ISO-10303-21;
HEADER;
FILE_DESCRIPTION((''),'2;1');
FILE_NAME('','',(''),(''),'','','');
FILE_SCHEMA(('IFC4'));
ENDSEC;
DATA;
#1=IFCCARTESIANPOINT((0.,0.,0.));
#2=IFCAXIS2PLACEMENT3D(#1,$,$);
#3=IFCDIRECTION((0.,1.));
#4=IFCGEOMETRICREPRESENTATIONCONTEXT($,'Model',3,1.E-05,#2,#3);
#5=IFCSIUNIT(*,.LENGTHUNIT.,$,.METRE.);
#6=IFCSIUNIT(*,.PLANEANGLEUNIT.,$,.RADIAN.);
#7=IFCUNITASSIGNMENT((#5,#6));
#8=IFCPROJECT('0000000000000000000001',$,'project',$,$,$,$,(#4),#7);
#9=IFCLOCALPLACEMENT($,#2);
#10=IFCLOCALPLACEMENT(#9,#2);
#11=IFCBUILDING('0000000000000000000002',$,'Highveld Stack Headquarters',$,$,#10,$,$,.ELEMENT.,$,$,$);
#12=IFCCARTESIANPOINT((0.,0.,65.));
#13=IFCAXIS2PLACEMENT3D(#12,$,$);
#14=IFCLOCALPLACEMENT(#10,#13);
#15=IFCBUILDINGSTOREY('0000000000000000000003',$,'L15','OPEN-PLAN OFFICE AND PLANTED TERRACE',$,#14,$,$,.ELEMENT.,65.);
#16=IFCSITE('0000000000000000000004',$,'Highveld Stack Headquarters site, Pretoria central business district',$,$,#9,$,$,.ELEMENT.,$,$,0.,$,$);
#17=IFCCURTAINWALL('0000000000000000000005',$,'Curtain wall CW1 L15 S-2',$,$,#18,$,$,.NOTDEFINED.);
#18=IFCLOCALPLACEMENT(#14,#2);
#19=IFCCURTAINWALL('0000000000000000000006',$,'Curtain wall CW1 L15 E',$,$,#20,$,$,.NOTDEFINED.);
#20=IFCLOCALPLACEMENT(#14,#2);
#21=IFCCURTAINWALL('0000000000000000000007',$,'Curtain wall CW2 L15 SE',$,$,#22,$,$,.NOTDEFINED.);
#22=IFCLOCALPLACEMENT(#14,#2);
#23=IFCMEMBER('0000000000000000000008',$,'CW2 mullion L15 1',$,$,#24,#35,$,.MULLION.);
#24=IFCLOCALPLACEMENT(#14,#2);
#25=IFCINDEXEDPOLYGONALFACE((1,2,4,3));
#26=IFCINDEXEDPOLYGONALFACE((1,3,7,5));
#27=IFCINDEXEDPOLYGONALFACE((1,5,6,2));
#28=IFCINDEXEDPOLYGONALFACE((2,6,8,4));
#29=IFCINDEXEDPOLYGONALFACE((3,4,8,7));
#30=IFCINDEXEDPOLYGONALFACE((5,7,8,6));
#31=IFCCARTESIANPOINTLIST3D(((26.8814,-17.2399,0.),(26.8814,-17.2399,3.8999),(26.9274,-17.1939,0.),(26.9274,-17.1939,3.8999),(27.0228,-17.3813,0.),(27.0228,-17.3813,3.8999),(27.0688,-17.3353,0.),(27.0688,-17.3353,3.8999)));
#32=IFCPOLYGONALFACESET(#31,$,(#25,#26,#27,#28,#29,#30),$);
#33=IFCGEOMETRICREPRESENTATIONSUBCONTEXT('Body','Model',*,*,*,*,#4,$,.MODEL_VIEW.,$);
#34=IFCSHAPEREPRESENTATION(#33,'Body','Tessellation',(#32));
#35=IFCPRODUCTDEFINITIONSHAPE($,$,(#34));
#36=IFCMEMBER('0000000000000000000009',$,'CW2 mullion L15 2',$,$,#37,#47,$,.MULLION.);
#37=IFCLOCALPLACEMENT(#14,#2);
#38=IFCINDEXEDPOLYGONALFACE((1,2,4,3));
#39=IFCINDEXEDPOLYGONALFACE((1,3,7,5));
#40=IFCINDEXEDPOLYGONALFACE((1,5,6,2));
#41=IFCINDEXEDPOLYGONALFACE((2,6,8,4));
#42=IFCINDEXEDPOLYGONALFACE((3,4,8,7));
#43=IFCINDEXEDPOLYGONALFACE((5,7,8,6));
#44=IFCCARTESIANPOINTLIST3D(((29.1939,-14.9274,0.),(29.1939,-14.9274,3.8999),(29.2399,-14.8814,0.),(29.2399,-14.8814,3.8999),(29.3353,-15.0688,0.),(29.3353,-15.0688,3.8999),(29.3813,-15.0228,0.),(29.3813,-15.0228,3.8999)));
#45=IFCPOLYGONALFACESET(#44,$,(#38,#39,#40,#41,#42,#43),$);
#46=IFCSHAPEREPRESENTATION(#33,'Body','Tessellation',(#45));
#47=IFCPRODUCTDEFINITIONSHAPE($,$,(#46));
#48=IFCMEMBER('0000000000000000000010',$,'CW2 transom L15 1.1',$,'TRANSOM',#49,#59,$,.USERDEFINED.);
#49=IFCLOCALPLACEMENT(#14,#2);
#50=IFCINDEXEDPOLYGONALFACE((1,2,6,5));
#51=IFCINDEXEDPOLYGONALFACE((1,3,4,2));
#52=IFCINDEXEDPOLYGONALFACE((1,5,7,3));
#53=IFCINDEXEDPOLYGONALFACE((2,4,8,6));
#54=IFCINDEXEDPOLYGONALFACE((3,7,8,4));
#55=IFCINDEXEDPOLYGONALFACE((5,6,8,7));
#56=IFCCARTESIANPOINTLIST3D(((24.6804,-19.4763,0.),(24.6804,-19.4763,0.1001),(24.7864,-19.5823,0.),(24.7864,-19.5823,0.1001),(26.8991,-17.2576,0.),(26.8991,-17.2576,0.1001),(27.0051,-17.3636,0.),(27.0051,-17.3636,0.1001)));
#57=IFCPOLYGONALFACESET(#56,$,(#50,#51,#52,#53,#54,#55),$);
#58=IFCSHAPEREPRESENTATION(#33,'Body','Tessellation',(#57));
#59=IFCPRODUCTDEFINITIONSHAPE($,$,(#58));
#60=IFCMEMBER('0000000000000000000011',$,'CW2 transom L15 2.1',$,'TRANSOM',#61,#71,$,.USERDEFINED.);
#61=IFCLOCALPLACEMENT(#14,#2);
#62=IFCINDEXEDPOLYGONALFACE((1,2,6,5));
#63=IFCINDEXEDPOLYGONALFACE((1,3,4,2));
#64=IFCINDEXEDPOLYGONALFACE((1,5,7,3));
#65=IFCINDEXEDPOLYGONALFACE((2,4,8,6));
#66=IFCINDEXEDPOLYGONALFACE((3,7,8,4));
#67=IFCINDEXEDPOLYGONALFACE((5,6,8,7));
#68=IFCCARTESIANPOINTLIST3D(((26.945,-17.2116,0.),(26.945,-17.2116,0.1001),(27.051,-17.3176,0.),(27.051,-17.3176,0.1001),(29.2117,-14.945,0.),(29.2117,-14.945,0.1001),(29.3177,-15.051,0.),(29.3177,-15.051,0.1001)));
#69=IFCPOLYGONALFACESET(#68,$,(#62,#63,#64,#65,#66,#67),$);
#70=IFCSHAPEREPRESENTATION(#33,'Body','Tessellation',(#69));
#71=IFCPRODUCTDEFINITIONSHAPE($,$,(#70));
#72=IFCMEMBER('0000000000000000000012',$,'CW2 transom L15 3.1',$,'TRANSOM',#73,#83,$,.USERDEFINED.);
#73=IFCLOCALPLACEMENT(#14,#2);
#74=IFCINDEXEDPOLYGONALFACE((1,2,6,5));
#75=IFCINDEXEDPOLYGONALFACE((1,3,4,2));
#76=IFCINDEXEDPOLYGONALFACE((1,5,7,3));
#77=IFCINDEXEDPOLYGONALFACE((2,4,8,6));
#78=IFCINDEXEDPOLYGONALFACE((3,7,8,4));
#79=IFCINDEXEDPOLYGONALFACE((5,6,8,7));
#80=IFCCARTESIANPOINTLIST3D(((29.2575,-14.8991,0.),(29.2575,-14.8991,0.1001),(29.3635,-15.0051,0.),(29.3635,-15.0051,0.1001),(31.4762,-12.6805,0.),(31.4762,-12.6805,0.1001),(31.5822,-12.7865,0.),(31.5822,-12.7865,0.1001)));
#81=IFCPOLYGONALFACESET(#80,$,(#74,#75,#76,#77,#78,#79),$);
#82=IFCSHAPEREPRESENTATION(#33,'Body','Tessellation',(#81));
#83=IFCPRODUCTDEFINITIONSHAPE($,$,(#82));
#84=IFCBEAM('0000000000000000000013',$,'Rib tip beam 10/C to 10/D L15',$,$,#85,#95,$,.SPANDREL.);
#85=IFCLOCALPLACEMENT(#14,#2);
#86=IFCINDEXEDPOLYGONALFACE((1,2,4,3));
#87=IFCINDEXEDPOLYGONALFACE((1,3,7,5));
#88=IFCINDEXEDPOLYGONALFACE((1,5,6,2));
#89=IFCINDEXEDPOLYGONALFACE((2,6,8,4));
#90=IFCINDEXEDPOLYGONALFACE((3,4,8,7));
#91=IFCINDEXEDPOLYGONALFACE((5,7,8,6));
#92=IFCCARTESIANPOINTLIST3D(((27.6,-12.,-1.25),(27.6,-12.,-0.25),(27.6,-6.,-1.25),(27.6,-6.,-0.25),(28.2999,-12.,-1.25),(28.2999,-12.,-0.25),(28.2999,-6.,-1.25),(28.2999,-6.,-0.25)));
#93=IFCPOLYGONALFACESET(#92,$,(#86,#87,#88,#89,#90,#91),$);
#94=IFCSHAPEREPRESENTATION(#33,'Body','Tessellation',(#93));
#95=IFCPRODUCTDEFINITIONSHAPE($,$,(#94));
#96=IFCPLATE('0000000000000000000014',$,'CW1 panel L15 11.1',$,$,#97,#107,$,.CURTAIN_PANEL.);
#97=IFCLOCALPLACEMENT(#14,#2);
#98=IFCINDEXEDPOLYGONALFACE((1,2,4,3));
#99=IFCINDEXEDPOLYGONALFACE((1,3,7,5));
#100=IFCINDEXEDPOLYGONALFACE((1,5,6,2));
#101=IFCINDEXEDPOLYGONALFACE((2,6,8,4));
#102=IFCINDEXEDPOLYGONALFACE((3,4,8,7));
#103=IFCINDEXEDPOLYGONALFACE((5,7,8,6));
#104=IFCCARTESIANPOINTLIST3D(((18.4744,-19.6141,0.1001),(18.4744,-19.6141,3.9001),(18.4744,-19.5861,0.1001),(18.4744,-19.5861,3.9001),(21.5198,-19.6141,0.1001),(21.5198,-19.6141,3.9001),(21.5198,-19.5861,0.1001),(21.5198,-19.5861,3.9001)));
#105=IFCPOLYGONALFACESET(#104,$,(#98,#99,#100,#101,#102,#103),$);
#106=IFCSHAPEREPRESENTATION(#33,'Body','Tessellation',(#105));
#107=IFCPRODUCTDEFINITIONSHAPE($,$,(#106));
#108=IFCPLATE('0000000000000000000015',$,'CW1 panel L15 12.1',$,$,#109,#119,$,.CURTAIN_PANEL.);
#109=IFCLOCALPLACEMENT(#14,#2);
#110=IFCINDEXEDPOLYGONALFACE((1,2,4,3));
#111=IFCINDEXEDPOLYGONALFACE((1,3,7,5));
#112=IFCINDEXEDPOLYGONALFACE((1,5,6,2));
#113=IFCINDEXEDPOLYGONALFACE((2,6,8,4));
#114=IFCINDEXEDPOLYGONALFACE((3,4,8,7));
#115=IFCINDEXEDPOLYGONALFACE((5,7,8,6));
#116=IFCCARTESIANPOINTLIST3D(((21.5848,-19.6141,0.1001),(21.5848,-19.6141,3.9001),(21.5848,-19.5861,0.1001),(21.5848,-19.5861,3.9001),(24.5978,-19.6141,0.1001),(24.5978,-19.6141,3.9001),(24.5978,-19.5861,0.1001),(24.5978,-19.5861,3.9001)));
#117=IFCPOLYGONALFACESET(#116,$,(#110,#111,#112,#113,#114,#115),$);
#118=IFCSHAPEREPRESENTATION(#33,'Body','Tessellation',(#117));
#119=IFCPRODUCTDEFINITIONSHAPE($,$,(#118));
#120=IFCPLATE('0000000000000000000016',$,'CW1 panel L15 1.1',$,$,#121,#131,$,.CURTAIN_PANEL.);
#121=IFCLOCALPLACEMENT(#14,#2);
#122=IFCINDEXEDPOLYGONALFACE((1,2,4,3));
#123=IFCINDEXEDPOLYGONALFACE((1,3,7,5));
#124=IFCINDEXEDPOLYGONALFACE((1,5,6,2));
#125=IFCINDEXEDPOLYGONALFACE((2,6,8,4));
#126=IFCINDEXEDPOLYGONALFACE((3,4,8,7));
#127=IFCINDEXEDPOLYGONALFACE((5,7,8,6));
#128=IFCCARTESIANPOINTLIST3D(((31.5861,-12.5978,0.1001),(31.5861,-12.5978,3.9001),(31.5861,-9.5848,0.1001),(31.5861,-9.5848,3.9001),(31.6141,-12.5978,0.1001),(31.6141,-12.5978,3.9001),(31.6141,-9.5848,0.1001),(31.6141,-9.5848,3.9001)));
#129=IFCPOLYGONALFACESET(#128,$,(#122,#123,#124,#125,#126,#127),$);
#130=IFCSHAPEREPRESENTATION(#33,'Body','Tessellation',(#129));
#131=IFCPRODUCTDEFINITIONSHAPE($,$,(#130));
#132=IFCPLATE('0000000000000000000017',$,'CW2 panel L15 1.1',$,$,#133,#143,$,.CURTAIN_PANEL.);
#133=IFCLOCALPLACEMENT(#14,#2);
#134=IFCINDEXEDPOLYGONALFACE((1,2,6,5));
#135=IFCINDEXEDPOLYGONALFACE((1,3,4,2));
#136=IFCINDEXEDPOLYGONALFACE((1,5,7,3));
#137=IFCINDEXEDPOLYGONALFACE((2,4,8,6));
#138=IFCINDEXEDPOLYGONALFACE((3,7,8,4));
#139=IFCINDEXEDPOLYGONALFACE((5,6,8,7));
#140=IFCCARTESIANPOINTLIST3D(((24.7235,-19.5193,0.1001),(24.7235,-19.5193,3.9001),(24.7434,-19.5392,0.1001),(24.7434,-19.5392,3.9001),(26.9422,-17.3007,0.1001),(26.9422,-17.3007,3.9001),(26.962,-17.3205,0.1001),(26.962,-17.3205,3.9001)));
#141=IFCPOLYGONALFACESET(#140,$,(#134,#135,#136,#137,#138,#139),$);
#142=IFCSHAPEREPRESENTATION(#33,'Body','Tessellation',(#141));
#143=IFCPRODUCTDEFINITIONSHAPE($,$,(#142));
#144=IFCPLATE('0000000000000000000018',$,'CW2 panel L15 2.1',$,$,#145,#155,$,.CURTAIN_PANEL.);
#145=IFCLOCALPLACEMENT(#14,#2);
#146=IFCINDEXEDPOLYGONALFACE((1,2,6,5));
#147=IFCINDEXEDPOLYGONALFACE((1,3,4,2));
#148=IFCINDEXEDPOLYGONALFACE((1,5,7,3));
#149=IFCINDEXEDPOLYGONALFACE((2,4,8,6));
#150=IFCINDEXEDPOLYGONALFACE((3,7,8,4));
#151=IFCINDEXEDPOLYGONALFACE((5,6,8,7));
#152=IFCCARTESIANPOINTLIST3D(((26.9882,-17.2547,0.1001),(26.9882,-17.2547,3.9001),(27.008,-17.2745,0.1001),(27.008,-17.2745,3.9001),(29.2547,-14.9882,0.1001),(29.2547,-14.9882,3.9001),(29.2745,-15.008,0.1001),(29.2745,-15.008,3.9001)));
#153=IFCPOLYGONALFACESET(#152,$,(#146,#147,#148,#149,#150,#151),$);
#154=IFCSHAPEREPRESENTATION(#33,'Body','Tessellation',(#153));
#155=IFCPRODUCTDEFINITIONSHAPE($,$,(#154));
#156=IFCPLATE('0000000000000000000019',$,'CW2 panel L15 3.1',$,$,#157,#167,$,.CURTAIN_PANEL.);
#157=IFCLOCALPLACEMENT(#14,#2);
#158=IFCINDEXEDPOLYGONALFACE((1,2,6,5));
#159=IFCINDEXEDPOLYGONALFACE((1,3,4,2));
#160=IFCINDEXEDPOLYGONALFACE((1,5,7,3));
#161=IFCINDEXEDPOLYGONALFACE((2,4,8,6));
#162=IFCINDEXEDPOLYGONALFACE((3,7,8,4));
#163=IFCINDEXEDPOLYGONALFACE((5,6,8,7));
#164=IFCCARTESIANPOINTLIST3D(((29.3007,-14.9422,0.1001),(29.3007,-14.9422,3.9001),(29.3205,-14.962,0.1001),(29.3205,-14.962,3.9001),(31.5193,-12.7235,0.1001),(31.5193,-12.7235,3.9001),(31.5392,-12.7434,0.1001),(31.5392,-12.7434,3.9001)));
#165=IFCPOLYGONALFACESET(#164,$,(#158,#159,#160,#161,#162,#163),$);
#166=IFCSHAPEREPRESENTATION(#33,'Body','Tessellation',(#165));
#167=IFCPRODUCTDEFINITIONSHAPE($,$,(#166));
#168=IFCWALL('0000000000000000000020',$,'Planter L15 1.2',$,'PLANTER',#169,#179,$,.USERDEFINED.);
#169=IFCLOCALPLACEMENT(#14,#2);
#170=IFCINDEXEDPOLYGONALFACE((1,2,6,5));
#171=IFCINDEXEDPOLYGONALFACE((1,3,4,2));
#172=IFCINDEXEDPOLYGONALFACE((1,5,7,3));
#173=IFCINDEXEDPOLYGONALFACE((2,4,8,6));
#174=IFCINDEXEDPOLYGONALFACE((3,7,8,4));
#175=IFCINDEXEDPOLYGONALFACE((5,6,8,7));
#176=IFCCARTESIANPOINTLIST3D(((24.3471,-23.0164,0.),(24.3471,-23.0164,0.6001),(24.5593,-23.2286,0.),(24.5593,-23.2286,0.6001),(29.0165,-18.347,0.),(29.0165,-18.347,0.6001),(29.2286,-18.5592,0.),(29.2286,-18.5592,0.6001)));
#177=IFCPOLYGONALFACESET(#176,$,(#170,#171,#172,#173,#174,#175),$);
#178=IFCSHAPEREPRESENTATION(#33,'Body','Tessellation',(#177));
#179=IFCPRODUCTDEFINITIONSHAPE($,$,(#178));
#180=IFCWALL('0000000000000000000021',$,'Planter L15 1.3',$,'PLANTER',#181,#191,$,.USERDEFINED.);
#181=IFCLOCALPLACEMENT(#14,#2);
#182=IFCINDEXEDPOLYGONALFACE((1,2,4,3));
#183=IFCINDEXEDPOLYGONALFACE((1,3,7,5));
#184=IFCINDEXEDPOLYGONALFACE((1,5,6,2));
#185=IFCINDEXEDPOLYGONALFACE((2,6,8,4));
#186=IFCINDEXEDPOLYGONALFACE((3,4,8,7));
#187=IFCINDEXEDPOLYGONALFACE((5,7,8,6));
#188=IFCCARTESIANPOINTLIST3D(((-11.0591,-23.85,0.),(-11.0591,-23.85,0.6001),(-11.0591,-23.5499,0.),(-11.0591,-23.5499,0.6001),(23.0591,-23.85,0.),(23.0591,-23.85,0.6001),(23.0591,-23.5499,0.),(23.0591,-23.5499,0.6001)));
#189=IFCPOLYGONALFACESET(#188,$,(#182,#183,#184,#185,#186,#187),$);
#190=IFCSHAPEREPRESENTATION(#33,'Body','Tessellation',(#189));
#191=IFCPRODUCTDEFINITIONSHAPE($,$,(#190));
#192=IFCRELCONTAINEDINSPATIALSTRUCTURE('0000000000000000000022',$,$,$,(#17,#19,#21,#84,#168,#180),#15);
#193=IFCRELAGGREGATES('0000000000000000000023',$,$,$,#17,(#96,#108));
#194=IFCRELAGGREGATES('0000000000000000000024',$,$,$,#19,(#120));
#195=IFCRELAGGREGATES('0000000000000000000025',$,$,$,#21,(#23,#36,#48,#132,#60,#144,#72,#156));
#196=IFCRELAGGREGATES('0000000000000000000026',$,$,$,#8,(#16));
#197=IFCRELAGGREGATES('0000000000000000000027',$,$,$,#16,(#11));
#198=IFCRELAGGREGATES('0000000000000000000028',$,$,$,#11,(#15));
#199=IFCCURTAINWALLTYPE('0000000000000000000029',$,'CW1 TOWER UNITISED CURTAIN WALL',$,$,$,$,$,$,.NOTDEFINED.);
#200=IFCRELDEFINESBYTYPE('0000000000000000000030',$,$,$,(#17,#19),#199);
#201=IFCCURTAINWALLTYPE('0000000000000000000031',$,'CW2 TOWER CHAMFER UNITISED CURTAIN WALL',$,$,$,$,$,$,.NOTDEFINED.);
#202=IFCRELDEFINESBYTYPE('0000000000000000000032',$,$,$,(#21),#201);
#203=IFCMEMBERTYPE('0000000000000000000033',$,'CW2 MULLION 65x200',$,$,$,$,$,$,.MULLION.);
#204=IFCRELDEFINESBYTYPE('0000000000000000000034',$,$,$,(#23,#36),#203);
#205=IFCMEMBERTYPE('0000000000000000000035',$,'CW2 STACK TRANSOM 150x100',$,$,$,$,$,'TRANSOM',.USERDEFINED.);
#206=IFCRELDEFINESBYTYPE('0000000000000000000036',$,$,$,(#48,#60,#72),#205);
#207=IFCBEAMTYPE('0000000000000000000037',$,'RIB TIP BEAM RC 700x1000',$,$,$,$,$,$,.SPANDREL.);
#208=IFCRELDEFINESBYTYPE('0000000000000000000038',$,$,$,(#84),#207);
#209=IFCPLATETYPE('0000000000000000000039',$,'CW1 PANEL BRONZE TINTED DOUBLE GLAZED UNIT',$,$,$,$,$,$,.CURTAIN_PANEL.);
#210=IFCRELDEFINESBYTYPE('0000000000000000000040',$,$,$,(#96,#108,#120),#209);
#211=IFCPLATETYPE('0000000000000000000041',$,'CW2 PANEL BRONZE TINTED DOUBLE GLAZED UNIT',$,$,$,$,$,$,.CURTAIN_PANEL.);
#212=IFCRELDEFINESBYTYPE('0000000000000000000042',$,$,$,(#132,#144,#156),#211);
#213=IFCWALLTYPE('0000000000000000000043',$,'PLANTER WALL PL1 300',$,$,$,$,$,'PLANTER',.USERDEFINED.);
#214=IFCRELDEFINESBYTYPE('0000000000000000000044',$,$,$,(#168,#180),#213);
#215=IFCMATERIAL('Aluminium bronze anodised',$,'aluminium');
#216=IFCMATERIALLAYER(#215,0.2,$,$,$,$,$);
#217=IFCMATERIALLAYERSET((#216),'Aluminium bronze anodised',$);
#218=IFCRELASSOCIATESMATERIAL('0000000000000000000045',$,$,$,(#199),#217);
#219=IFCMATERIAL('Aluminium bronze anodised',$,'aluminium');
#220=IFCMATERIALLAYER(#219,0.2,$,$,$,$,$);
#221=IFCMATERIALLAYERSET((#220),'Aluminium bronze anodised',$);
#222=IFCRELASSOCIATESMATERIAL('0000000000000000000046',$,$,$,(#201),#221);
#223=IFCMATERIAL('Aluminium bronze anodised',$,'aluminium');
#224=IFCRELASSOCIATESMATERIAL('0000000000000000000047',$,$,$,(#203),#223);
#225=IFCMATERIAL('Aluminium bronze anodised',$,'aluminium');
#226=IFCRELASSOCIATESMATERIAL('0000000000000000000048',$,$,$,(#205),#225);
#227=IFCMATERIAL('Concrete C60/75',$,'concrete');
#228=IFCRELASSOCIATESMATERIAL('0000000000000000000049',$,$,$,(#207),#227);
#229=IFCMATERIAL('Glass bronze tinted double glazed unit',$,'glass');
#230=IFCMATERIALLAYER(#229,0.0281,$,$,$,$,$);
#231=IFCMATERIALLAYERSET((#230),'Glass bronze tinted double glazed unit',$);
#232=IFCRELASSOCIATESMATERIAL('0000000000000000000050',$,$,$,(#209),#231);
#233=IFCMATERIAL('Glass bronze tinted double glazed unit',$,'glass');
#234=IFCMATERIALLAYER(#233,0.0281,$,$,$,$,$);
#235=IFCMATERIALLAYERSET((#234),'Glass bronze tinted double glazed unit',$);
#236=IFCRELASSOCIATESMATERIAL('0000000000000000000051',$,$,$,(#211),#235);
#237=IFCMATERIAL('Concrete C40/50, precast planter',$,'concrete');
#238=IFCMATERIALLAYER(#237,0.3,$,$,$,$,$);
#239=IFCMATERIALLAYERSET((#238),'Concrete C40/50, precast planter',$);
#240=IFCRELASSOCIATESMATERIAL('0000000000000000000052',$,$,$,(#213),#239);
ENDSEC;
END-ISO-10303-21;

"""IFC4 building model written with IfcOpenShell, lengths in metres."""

from ifc_helpers import new_model, si_unit, direction, frame, frame_2d, origin, origin_2d, place, context, subcontext, project, spatial, rectangle, extrude, material, layer, layer_set, material_profile, profile_set, type_object, element, aggregate, save


model = new_model("IFC4")

# Units and contexts
model_context = context("Model", 3, precision=1e-05, world=origin(), true_north=direction((0.0, 1.0)))
body_context = subcontext(model_context, "Body", "Model", "MODEL_VIEW")
ifc_project = project(units=[si_unit("LENGTHUNIT", "METRE"), si_unit("PLANEANGLEUNIT", "RADIAN")], contexts=[model_context])

# Site, building, storey
site_placement = place(None, origin())
site = spatial("IfcSite", under=ifc_project, at=site_placement, Name="Highveld Stack Headquarters site, Pretoria central business district", CompositionType="ELEMENT", RefElevation=0.0)
building_placement = place(site_placement, origin())
building = spatial("IfcBuilding", under=site, at=building_placement, Name="Highveld Stack Headquarters", CompositionType="ELEMENT")
storey_placement = place(building_placement, frame((0.0, 0.0, 65.0)))
storey = spatial("IfcBuildingStorey", under=building, at=storey_placement, Name="L15", Description="OPEN-PLAN OFFICE AND PLANTED TERRACE", CompositionType="ELEMENT", Elevation=65.0)

# Curtain wall
ifc_material_1 = material(Name="Aluminium bronze anodised", Category="aluminium")
ifc_layer_1 = layer(ifc_material_1, 0.2)
ifc_layer_set_1 = layer_set([ifc_layer_1], Name="Aluminium bronze anodised")
curtain_wall_type_1 = type_object("IfcCurtainWallType", Name="CW1 TOWER UNITISED CURTAIN WALL", PredefinedType="NOTDEFINED", material=ifc_layer_set_1)
curtain_wall_1_placement = place(storey_placement, origin())
curtain_wall_1 = element("IfcCurtainWall", 1, at=curtain_wall_1_placement, inside=storey, type_object=curtain_wall_type_1, Name="Curtain wall CW1 L15 S-2", PredefinedType="NOTDEFINED")

# Curtain wall
curtain_wall_2_placement = place(storey_placement, origin())
curtain_wall_2 = element("IfcCurtainWall", 2, at=curtain_wall_2_placement, inside=storey, type_object=curtain_wall_type_1, Name="Curtain wall CW1 L15 E", PredefinedType="NOTDEFINED")

# Curtain wall, members
ifc_material_2 = material(Name="Aluminium bronze anodised", Category="aluminium")
ifc_layer_2 = layer(ifc_material_2, 0.2)
ifc_layer_set_2 = layer_set([ifc_layer_2], Name="Aluminium bronze anodised")
curtain_wall_type_2 = type_object("IfcCurtainWallType", Name="CW2 TOWER CHAMFER UNITISED CURTAIN WALL", PredefinedType="NOTDEFINED", material=ifc_layer_set_2)
curtain_wall_3_placement = place(storey_placement, origin())
curtain_wall_3 = element("IfcCurtainWall", 3, at=curtain_wall_3_placement, inside=storey, type_object=curtain_wall_type_2, Name="Curtain wall CW2 L15 SE", PredefinedType="NOTDEFINED")
ifc_material_3 = material(Name="Aluminium bronze anodised", Category="aluminium")
ifc_material_profile_1 = material_profile(ifc_material_3, rectangle(XDim=0.2, YDim=0.0649, at=origin_2d()), Name="CW2 MULLION 65x200")
ifc_profile_set_1 = profile_set([ifc_material_profile_1], Name="Aluminium bronze anodised")
member_type_1 = type_object("IfcMemberType", Name="CW2 MULLION 65x200", PredefinedType="MULLION", material=ifc_profile_set_1)
member_1_placement = place(storey_placement, frame((26.9751, -17.2876, 0.0), z_axis=(0.0, 0.0, 1.0), x_axis=(-0.707107, 0.707107, 0.0)))
member_1 = element("IfcMember", 4, at=member_1_placement, type_object=member_type_1, Name="CW2 mullion L15 1", PredefinedType="MULLION", context=body_context, shape_type="SweptSolid", body=[
    extrude(rectangle(XDim=0.2, YDim=0.0649, at=origin_2d()), origin(), (0.0, 0.0, 1.0), 3.8999),
])
member_2_placement = place(storey_placement, frame((29.2876, -14.9751, 0.0), z_axis=(0.0, 0.0, 1.0), x_axis=(-0.707107, 0.707107, 0.0)))
member_2 = element("IfcMember", 5, at=member_2_placement, type_object=member_type_1, Name="CW2 mullion L15 2", PredefinedType="MULLION", context=body_context, shape_type="SweptSolid", body=[
    extrude(rectangle(XDim=0.2, YDim=0.0649, at=origin_2d()), origin(), (0.0, 0.0, 1.0), 3.8999),
])
ifc_material_4 = material(Name="Aluminium bronze anodised", Category="aluminium")
ifc_material_profile_2 = material_profile(ifc_material_4, rectangle(XDim=0.1499, YDim=0.1001, at=origin_2d()), Name="CW2 TRANSOM 150x100")
ifc_profile_set_2 = profile_set([ifc_material_profile_2], Name="Aluminium bronze anodised")
member_type_2 = type_object("IfcMemberType", Name="CW2 STACK TRANSOM 150x100", ElementType="TRANSOM", PredefinedType="USERDEFINED", material=ifc_profile_set_2)
member_3_placement = place(storey_placement, frame((24.7334, -19.5293, 0.05), z_axis=(0.707107, 0.707107, 0.0), x_axis=(-0.707107, 0.707107, 0.0)))
member_3 = element("IfcMember", 6, at=member_3_placement, type_object=member_type_2, Name="CW2 transom L15 1.1", ObjectType="TRANSOM", PredefinedType="USERDEFINED", context=body_context, shape_type="SweptSolid", body=[
    extrude(rectangle(XDim=0.1499, YDim=0.1001, at=origin_2d()), origin(), (0.0, 0.0, 1.0), 3.1377),
])
member_4_placement = place(storey_placement, frame((26.998, -17.2646, 0.05), z_axis=(0.707107, 0.707107, 0.0), x_axis=(-0.707107, 0.707107, 0.0)))
member_4 = element("IfcMember", 7, at=member_4_placement, type_object=member_type_2, Name="CW2 transom L15 2.1", ObjectType="TRANSOM", PredefinedType="USERDEFINED", context=body_context, shape_type="SweptSolid", body=[
    extrude(rectangle(XDim=0.1499, YDim=0.1001, at=origin_2d()), origin(), (0.0, 0.0, 1.0), 3.2056),
])
member_5_placement = place(storey_placement, frame((29.3105, -14.9521, 0.05), z_axis=(0.707107, 0.707107, 0.0), x_axis=(-0.707107, 0.707107, 0.0)))
member_5 = element("IfcMember", 8, at=member_5_placement, type_object=member_type_2, Name="CW2 transom L15 3.1", ObjectType="TRANSOM", PredefinedType="USERDEFINED", context=body_context, shape_type="SweptSolid", body=[
    extrude(rectangle(XDim=0.1499, YDim=0.1001, at=origin_2d()), origin(), (0.0, 0.0, 1.0), 3.1377),
])

# Beam
ifc_material_5 = material(Name="Concrete C60/75", Category="concrete")
ifc_material_profile_3 = material_profile(ifc_material_5, rectangle(XDim=0.7, YDim=1.0, at=origin_2d()), Name="RC 700x1000")
ifc_profile_set_3 = profile_set([ifc_material_profile_3], Name="Concrete C60/75")
beam_type_1 = type_object("IfcBeamType", Name="RIB TIP BEAM RC 700x1000", PredefinedType="SPANDREL", material=ifc_profile_set_3)
beam_1_placement = place(storey_placement, frame((27.95, -12.0, -0.75), z_axis=(0.0, 1.0, 0.0), x_axis=(-1.0, 0.0, 0.0)))
element("IfcBeam", 9, at=beam_1_placement, inside=storey, type_object=beam_type_1, Name="Rib tip beam 10/C to 10/D L15", PredefinedType="SPANDREL", context=body_context, shape_type="SweptSolid", body=[
    extrude(rectangle(XDim=0.7, YDim=1.0, at=origin_2d()), origin(), (0.0, 0.0, 1.0), 6.0),
])

# Plates
ifc_material_6 = material(Name="Glass bronze tinted double glazed unit", Category="glass")
ifc_layer_3 = layer(ifc_material_6, 0.0281)
ifc_layer_set_3 = layer_set([ifc_layer_3], Name="Glass bronze tinted double glazed unit")
plate_type_1 = type_object("IfcPlateType", Name="CW1 PANEL BRONZE TINTED DOUBLE GLAZED UNIT", PredefinedType="CURTAIN_PANEL", material=ifc_layer_set_3)
plate_1_placement = place(storey_placement, frame((19.9971, -19.6001, 0.1001), z_axis=(0.0, 0.0, 1.0), x_axis=(1.0, 0.0, 0.0)))
plate_1 = element("IfcPlate", 10, at=plate_1_placement, type_object=plate_type_1, Name="CW1 panel L15 11.1", PredefinedType="CURTAIN_PANEL", context=body_context, shape_type="SweptSolid", body=[
    extrude(rectangle(XDim=3.0454, YDim=0.0281, at=origin_2d()), origin(), (0.0, 0.0, 1.0), 3.8),
])
plate_2_placement = place(storey_placement, frame((23.0913, -19.6001, 0.1001), z_axis=(0.0, 0.0, 1.0), x_axis=(1.0, 0.0, 0.0)))
plate_2 = element("IfcPlate", 11, at=plate_2_placement, type_object=plate_type_1, Name="CW1 panel L15 12.1", PredefinedType="CURTAIN_PANEL", context=body_context, shape_type="SweptSolid", body=[
    extrude(rectangle(XDim=3.0129, YDim=0.0281, at=origin_2d()), origin(), (0.0, 0.0, 1.0), 3.8),
])
aggregate(curtain_wall_1, [plate_1, plate_2])
plate_3_placement = place(storey_placement, frame((31.6001, -11.0913, 0.1001), z_axis=(0.0, 0.0, 1.0), x_axis=(0.0, 1.0, 0.0)))
plate_3 = element("IfcPlate", 12, at=plate_3_placement, type_object=plate_type_1, Name="CW1 panel L15 1.1", PredefinedType="CURTAIN_PANEL", context=body_context, shape_type="SweptSolid", body=[
    extrude(rectangle(XDim=3.0129, YDim=0.0281, at=origin_2d()), origin(), (0.0, 0.0, 1.0), 3.8),
])
aggregate(curtain_wall_2, [plate_3])
ifc_material_7 = material(Name="Glass bronze tinted double glazed unit", Category="glass")
ifc_layer_4 = layer(ifc_material_7, 0.0281)
ifc_layer_set_4 = layer_set([ifc_layer_4], Name="Glass bronze tinted double glazed unit")
plate_type_2 = type_object("IfcPlateType", Name="CW2 PANEL BRONZE TINTED DOUBLE GLAZED UNIT", PredefinedType="CURTAIN_PANEL", material=ifc_layer_set_4)
plate_4_placement = place(storey_placement, frame((25.8428, -18.4199, 0.1001), z_axis=(0.0, 0.0, 1.0), x_axis=(0.707107, 0.707107, 0.0)))
plate_4 = element("IfcPlate", 13, at=plate_4_placement, type_object=plate_type_2, Name="CW2 panel L15 1.1", PredefinedType="CURTAIN_PANEL", context=body_context, shape_type="SweptSolid", body=[
    extrude(rectangle(XDim=3.1377, YDim=0.0281, at=origin_2d()), origin(), (0.0, 0.0, 1.0), 3.8),
])
plate_5_placement = place(storey_placement, frame((28.1313, -16.1313, 0.1001), z_axis=(0.0, 0.0, 1.0), x_axis=(0.707107, 0.707107, 0.0)))
plate_5 = element("IfcPlate", 14, at=plate_5_placement, type_object=plate_type_2, Name="CW2 panel L15 2.1", PredefinedType="CURTAIN_PANEL", context=body_context, shape_type="SweptSolid", body=[
    extrude(rectangle(XDim=3.2053, YDim=0.0281, at=origin_2d()), origin(), (0.0, 0.0, 1.0), 3.8),
])
plate_6_placement = place(storey_placement, frame((30.4199, -13.8428, 0.1001), z_axis=(0.0, 0.0, 1.0), x_axis=(0.707107, 0.707107, 0.0)))
plate_6 = element("IfcPlate", 15, at=plate_6_placement, type_object=plate_type_2, Name="CW2 panel L15 3.1", PredefinedType="CURTAIN_PANEL", context=body_context, shape_type="SweptSolid", body=[
    extrude(rectangle(XDim=3.1377, YDim=0.0281, at=origin_2d()), origin(), (0.0, 0.0, 1.0), 3.8),
])
aggregate(curtain_wall_3, [member_1, member_2, member_3, plate_4, member_4, plate_5, member_5, plate_6])

# Walls
ifc_material_8 = material(Name="Concrete C40/50, precast planter", Category="concrete")
ifc_layer_5 = layer(ifc_material_8, 0.3)
ifc_layer_set_5 = layer_set([ifc_layer_5], Name="Concrete C40/50, precast planter")
wall_type = type_object("IfcWallType", Name="PLANTER WALL PL1 300", ElementType="PLANTER", PredefinedType="USERDEFINED", material=ifc_layer_set_5)
wall_1_placement = place(storey_placement, frame((29.1226, -18.4531, 0.0), z_axis=(0.0, 0.0, 1.0), x_axis=(-0.707107, -0.707107, 0.0)))
element("IfcWall", 16, at=wall_1_placement, inside=storey, type_object=wall_type, Name="Planter L15 1.2", ObjectType="PLANTER", PredefinedType="USERDEFINED", context=body_context, shape_type="SweptSolid", body=[
    extrude(rectangle(XDim=6.6035, YDim=0.3, at=frame_2d((3.3018, 0.0))), origin(), (0.0, 0.0, 1.0), 0.6001),
])
wall_2_placement = place(storey_placement, frame((23.0591, -23.7, 0.0), z_axis=(0.0, 0.0, 1.0), x_axis=(-1.0, 0.0, 0.0)))
element("IfcWall", 17, at=wall_2_placement, inside=storey, type_object=wall_type, Name="Planter L15 1.3", ObjectType="PLANTER", PredefinedType="USERDEFINED", context=body_context, shape_type="SweptSolid", body=[
    extrude(rectangle(XDim=34.1182, YDim=0.3, at=frame_2d((17.0591, 0.0))), origin(), (0.0, 0.0, 1.0), 0.6001),
])

save(model, "model.ifc")
